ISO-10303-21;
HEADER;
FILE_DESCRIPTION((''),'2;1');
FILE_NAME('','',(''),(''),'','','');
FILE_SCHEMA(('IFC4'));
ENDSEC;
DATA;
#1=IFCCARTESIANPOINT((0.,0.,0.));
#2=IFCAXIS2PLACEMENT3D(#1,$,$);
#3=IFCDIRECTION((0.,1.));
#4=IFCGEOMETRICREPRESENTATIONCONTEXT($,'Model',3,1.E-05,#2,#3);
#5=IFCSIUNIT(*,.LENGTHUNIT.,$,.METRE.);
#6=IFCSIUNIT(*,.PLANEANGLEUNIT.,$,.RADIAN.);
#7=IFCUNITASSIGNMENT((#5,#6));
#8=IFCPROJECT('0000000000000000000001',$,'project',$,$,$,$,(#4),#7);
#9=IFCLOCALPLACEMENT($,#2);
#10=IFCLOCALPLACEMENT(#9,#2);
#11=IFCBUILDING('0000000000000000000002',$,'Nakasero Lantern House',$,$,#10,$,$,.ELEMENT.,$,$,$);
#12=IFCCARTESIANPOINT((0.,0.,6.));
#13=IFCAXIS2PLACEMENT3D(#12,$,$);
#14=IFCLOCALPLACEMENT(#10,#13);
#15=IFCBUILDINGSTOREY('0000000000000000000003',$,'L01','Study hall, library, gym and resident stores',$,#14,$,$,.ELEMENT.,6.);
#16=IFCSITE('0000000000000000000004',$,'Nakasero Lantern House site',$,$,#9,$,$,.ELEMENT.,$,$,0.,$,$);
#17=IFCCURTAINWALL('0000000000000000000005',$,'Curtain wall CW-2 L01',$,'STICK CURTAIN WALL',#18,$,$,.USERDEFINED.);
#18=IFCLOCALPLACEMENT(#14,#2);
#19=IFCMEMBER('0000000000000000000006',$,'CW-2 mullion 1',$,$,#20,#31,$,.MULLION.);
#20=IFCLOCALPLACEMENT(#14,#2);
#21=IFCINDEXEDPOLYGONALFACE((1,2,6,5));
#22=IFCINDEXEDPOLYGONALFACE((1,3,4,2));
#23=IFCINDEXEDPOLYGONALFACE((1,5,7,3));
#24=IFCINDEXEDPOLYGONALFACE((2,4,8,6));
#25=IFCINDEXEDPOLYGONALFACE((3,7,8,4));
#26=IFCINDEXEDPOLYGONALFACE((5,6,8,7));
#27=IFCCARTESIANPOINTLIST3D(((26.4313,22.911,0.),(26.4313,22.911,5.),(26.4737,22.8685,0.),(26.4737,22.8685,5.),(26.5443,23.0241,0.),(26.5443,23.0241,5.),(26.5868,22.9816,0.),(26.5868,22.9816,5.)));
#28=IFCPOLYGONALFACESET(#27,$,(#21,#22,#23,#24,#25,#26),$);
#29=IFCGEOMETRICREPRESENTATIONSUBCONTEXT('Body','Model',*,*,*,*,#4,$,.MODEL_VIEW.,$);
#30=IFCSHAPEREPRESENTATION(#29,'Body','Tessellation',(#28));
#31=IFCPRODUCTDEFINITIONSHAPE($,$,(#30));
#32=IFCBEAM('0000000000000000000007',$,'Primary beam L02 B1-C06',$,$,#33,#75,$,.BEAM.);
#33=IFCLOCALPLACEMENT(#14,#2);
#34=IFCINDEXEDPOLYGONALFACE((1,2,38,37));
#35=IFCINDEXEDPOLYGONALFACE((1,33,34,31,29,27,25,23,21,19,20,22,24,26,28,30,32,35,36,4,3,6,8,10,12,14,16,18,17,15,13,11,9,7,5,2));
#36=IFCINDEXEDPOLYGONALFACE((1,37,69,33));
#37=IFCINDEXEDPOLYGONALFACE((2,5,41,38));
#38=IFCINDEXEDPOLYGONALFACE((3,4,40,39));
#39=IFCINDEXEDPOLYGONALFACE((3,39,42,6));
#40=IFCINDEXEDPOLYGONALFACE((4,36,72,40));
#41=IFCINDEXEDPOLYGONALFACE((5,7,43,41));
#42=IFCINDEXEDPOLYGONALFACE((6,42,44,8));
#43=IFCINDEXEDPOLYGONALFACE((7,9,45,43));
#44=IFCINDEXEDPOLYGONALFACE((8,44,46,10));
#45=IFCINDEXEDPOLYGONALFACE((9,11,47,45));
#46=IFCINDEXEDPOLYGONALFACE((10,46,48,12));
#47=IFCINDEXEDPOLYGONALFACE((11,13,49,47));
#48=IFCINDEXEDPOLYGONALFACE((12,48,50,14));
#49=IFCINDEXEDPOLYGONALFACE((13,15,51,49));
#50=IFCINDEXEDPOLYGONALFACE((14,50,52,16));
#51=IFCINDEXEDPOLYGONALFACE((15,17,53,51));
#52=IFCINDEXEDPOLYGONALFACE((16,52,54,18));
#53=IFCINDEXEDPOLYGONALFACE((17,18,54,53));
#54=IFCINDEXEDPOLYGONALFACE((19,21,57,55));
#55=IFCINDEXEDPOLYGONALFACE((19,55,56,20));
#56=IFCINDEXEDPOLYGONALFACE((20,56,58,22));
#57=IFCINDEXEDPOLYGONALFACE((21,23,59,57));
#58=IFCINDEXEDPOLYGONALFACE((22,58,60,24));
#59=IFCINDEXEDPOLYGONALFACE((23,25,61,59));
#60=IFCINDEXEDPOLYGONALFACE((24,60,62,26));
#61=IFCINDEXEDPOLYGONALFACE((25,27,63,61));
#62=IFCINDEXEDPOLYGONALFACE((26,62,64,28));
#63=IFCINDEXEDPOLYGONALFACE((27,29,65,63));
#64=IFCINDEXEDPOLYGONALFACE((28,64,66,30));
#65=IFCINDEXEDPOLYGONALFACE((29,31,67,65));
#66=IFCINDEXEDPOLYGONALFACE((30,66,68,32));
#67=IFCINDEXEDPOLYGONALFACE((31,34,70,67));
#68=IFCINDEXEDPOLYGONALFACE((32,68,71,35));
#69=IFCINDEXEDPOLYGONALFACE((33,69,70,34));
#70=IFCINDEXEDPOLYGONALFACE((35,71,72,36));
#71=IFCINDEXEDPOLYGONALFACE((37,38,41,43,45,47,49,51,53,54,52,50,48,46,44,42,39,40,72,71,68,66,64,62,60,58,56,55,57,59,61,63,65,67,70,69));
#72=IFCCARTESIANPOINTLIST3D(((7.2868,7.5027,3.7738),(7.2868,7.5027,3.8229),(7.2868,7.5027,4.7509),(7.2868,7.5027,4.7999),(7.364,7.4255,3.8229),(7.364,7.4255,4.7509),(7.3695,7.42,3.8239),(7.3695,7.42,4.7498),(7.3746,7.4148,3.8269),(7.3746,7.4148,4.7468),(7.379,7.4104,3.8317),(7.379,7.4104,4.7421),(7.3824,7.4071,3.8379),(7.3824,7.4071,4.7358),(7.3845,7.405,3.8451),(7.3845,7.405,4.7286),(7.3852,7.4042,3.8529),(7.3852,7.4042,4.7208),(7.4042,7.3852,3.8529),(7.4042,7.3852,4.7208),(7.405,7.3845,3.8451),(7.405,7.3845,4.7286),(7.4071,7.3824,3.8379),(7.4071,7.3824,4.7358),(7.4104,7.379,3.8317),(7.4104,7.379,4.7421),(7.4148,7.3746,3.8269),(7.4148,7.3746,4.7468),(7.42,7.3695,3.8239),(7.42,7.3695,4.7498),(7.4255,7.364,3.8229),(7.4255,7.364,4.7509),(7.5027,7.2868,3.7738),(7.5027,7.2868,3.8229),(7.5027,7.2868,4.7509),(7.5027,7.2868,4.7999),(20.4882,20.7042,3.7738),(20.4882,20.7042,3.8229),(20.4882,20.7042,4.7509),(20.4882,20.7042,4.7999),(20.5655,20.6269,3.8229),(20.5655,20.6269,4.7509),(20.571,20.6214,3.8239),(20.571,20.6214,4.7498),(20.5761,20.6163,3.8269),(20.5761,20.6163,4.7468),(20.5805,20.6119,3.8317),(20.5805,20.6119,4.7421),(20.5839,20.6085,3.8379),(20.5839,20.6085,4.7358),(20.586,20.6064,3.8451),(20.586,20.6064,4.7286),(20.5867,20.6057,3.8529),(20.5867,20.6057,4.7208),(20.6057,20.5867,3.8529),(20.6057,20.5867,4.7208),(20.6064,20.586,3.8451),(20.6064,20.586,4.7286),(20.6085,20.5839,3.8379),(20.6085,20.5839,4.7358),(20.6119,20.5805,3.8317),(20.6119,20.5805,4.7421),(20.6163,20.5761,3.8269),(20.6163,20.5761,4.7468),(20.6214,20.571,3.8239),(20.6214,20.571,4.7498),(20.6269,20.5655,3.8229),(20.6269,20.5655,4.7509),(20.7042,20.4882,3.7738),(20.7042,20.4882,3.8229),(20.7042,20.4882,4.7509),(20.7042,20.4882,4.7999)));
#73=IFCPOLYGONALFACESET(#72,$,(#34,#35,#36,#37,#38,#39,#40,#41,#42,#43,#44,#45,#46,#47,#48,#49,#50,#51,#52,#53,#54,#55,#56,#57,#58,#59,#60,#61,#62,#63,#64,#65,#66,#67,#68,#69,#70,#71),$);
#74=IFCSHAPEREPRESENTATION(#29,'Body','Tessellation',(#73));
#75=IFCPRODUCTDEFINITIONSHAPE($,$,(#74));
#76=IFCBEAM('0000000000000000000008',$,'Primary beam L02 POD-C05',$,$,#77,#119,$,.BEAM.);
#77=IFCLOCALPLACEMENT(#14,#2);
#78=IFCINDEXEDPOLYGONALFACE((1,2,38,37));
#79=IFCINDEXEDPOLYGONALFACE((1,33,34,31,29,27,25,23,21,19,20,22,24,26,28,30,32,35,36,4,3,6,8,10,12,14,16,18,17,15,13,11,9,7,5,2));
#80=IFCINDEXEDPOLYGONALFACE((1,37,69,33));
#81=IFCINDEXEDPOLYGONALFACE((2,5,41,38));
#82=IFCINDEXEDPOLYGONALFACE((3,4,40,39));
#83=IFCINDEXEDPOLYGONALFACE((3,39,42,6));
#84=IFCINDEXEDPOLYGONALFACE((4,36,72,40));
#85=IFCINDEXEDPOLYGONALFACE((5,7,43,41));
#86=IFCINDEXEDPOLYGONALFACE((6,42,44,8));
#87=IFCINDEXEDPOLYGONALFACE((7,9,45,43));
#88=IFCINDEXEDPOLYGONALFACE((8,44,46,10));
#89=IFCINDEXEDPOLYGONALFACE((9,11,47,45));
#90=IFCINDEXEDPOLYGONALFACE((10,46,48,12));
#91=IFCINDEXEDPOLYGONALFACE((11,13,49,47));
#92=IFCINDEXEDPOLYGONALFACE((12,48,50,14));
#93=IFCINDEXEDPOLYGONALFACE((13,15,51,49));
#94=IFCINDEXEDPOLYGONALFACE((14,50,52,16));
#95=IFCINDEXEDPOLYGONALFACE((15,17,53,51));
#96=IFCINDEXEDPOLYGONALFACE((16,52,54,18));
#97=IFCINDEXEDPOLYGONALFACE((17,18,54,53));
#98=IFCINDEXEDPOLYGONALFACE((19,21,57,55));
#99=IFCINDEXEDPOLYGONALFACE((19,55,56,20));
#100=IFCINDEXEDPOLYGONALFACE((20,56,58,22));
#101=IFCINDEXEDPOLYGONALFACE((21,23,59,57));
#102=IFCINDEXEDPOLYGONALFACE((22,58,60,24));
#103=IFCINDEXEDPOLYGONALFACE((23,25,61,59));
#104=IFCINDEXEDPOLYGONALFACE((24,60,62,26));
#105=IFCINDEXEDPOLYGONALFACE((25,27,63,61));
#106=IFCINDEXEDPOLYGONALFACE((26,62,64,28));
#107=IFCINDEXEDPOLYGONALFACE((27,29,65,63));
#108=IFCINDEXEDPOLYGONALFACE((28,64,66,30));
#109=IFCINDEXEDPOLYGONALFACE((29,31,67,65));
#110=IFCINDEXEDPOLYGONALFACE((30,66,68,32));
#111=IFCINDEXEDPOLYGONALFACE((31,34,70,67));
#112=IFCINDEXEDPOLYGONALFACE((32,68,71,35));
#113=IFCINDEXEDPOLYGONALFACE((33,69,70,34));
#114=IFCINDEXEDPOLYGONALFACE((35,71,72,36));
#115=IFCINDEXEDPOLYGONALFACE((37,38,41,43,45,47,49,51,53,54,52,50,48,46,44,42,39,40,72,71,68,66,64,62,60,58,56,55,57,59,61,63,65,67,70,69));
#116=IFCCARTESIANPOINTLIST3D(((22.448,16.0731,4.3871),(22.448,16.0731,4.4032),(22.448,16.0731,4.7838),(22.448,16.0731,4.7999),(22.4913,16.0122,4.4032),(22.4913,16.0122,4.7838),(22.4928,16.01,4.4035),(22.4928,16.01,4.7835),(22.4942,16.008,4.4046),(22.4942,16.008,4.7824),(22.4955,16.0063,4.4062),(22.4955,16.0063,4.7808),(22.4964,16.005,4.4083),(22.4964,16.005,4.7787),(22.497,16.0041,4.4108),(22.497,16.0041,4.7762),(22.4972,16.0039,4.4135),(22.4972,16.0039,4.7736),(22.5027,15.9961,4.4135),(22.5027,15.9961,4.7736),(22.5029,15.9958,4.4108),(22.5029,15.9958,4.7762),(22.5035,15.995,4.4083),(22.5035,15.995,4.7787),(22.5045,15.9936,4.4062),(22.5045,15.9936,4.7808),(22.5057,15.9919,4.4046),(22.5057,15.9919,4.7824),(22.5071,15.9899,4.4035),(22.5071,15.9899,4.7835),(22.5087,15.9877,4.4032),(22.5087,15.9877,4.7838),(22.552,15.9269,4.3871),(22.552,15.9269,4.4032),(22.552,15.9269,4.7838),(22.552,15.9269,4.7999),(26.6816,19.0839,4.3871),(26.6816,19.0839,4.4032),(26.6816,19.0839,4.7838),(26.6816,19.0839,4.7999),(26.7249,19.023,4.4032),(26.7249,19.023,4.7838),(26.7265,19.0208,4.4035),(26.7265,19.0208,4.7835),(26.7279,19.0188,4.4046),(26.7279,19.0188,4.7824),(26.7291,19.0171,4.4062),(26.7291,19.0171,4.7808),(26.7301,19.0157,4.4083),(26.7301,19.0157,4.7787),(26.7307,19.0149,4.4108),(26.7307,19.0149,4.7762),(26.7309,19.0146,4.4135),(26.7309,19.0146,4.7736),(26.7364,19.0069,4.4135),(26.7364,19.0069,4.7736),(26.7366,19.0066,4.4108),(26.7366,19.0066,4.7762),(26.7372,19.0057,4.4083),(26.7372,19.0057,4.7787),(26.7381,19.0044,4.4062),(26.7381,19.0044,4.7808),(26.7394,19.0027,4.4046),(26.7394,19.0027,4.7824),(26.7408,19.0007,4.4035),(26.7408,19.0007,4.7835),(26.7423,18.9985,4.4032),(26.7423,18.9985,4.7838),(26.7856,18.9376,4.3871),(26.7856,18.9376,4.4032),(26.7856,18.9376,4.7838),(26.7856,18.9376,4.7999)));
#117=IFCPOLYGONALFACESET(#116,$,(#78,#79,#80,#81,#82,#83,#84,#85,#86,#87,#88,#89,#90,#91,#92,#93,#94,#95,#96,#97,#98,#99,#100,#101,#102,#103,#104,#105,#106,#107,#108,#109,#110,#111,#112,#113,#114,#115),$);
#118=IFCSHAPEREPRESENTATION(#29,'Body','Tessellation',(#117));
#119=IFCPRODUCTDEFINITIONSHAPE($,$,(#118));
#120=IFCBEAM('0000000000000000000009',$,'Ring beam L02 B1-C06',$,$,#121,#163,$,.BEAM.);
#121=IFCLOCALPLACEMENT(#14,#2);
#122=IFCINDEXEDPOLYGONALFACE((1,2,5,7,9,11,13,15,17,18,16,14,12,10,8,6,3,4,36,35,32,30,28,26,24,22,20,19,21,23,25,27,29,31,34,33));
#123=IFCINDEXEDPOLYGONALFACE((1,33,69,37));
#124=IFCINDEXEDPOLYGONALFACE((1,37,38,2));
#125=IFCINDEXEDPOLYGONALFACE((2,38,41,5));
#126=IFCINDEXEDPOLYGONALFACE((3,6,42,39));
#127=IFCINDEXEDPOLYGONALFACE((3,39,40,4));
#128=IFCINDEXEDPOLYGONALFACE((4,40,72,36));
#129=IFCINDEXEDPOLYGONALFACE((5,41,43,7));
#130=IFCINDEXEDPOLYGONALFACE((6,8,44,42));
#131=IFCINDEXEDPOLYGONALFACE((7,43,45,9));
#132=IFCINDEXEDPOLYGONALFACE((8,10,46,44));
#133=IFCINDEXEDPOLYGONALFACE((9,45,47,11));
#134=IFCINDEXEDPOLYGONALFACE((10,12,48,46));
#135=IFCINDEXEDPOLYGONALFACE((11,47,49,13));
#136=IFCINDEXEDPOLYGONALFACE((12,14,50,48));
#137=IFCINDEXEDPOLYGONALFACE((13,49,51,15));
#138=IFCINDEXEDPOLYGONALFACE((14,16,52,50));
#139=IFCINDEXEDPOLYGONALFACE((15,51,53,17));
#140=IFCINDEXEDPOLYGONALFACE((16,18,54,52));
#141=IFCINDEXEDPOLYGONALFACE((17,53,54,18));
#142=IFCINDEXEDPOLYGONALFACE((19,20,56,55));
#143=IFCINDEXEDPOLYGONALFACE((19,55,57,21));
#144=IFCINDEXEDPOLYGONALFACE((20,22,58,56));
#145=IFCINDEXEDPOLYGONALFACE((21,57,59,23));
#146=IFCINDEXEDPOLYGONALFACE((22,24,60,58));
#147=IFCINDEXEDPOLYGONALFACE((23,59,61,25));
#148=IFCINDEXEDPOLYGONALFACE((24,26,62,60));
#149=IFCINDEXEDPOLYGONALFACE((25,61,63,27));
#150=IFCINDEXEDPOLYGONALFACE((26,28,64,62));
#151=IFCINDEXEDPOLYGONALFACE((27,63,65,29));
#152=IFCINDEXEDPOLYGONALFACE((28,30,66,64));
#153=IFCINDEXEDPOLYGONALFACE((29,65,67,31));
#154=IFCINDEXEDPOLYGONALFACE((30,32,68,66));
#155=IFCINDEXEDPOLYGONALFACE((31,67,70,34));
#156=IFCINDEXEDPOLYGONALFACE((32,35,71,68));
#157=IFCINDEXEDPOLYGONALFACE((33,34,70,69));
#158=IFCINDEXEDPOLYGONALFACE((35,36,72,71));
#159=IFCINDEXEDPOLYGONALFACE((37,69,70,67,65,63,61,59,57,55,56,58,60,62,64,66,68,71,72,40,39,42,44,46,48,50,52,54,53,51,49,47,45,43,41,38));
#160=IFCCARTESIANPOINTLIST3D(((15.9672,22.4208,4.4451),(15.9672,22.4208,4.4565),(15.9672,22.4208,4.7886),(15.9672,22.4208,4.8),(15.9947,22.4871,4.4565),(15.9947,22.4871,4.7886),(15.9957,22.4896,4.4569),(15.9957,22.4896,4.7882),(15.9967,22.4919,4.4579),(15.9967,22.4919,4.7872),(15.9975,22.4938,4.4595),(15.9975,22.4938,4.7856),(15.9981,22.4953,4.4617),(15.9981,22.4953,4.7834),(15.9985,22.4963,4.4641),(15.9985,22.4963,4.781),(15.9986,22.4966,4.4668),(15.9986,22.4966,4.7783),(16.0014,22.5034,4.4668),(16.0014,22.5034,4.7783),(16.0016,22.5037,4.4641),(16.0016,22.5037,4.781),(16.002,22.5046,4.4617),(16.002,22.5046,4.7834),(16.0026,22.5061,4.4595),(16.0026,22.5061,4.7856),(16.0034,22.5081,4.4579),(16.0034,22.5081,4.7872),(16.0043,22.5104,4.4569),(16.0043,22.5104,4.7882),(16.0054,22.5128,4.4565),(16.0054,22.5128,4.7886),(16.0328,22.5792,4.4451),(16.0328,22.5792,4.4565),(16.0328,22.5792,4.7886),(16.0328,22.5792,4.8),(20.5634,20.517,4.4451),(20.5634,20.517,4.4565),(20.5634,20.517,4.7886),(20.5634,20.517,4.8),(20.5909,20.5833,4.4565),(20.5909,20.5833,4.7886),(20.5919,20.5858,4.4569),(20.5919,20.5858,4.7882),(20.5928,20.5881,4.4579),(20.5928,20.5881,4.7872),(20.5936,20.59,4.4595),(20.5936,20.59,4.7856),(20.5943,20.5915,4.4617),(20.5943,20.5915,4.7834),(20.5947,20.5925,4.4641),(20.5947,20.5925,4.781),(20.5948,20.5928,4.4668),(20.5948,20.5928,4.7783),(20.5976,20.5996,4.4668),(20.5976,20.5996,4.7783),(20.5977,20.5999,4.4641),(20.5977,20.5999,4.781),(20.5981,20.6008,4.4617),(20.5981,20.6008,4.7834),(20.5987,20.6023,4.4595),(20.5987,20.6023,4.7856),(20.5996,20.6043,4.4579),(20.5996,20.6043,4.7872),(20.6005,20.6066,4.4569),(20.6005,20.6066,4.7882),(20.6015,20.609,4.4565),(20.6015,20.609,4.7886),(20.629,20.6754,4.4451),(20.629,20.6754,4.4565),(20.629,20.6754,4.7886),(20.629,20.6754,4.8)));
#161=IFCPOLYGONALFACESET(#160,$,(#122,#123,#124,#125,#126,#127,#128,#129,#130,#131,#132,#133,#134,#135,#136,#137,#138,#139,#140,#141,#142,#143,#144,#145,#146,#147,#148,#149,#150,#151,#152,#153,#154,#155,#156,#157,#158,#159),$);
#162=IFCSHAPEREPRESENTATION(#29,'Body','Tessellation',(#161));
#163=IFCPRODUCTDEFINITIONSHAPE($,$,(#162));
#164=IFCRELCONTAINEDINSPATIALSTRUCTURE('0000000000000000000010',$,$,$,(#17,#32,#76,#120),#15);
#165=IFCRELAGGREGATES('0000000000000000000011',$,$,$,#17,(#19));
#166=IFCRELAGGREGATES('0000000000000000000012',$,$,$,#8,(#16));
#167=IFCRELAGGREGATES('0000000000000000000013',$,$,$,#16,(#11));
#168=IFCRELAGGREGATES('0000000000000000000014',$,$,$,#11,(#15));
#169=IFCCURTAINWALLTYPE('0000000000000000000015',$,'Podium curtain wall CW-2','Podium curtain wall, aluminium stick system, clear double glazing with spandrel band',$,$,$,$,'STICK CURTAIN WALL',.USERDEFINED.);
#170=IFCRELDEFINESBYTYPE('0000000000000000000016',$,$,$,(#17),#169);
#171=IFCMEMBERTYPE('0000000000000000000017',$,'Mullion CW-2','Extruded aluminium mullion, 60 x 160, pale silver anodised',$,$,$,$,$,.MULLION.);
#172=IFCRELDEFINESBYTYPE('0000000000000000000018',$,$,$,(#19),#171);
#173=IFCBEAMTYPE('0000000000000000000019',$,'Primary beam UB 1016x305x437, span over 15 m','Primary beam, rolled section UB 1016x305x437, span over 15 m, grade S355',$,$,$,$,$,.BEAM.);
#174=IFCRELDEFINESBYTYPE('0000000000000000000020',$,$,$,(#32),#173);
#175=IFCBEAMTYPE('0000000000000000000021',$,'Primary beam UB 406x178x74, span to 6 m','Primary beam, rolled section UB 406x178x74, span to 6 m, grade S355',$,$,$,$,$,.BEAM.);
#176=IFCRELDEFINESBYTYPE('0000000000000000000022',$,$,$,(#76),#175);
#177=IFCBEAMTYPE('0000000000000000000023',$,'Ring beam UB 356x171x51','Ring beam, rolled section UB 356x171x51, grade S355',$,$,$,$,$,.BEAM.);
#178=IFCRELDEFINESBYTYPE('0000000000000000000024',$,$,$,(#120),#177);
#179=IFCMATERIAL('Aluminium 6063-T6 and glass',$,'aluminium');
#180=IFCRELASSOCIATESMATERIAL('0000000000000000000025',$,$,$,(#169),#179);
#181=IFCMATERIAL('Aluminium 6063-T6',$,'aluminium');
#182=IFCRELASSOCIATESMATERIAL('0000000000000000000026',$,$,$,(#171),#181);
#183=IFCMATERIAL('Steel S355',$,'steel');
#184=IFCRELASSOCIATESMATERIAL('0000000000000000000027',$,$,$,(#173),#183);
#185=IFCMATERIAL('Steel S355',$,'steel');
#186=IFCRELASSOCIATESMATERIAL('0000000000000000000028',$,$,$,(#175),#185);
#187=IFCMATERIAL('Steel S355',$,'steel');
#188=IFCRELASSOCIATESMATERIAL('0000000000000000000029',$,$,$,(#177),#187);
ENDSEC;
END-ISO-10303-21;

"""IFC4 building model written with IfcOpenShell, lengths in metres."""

from ifc_helpers import new_model, si_unit, direction, frame, origin, origin_2d, place, context, subcontext, project, spatial, rectangle, i_section, extrude, material, material_profile, profile_set, type_object, element, aggregate, save


model = new_model("IFC4")

# Units and contexts
model_context = context("Model", 3, precision=1e-05, world=origin(), true_north=direction((0.0, 1.0)))
body_context = subcontext(model_context, "Body", "Model", "MODEL_VIEW")
ifc_project = project(units=[si_unit("LENGTHUNIT", "METRE"), si_unit("PLANEANGLEUNIT", "RADIAN")], contexts=[model_context])

# Site, building, storey
site_placement = place(None, origin())
site = spatial("IfcSite", under=ifc_project, at=site_placement, Name="Nakasero Lantern House site", CompositionType="ELEMENT", RefElevation=0.0)
building_placement = place(site_placement, origin())
building = spatial("IfcBuilding", under=site, at=building_placement, Name="Nakasero Lantern House", CompositionType="ELEMENT")
storey_placement = place(building_placement, frame((0.0, 0.0, 6.0)))
storey = spatial("IfcBuildingStorey", under=building, at=storey_placement, Name="L01", Description="Study hall, library, gym and resident stores", CompositionType="ELEMENT", Elevation=6.0)

# Shared definitions
ifc_material_1 = material(Name="Aluminium 6063-T6 and glass", Category="aluminium")
curtain_wall_type = type_object("IfcCurtainWallType", Name="Podium curtain wall CW-2", Description="Podium curtain wall, aluminium stick system, clear double glazing with spandrel band", ElementType="STICK CURTAIN WALL", PredefinedType="USERDEFINED", material=ifc_material_1)
ifc_material_2 = material(Name="Aluminium 6063-T6", Category="aluminium")
ifc_material_profile_1 = material_profile(ifc_material_2, rectangle(XDim=0.0601, YDim=0.1599, at=origin_2d()), Name="CW-2 mullion 60x160")
ifc_profile_set_1 = profile_set([ifc_material_profile_1], Name="Aluminium 6063-T6")
member_type_1 = type_object("IfcMemberType", Name="Mullion CW-2", Description="Extruded aluminium mullion, 60 x 160, pale silver anodised", PredefinedType="MULLION", material=ifc_profile_set_1)

# Curtain wall, member
curtain_wall_1_placement = place(storey_placement, origin())
curtain_wall_1 = element("IfcCurtainWall", 1, at=curtain_wall_1_placement, inside=storey, type_object=curtain_wall_type, Name="Curtain wall CW-2 L01", ObjectType="STICK CURTAIN WALL", PredefinedType="USERDEFINED")
member_1_placement = place(storey_placement, frame((26.509, 22.9463, 0.0), z_axis=(0.0, 0.0, 1.0), x_axis=(-0.707107, 0.707107, 0.0)))
member_1 = element("IfcMember", 2, at=member_1_placement, type_object=member_type_1, Name="CW-2 mullion 1", PredefinedType="MULLION", context=body_context, shape_type="SweptSolid", body=[
    extrude(rectangle(XDim=0.0601, YDim=0.1599, at=origin_2d()), origin(), (0.0, 0.0, 1.0), 5.0),
])

# Beams
ifc_material_3 = material(Name="Steel S355", Category="steel")
ifc_material_profile_2 = material_profile(ifc_material_3, i_section(OverallWidth=0.3054, OverallDepth=1.0261, WebThickness=0.0269, FlangeThickness=0.0491, FilletRadius=0.03, at=origin_2d()), Name="UB 1016x305x437")
ifc_profile_set_2 = profile_set([ifc_material_profile_2], Name="Steel S355")
beam_type_1 = type_object("IfcBeamType", Name="Primary beam UB 1016x305x437, span over 15 m", Description="Primary beam, rolled section UB 1016x305x437, span over 15 m, grade S355", PredefinedType="BEAM", material=ifc_profile_set_2)
beam_1_placement = place(storey_placement, frame((20.5962, 20.5962, 4.2869), z_axis=(-0.707107, -0.707107, 0.0), x_axis=(0.707107, -0.707107, 0.0)))
element("IfcBeam", 3, at=beam_1_placement, inside=storey, type_object=beam_type_1, Name="Primary beam L02 B1-C06", PredefinedType="BEAM", context=body_context, shape_type="SweptSolid", body=[
    extrude(i_section(OverallWidth=0.3054, OverallDepth=1.0261, WebThickness=0.0269, FlangeThickness=0.0491, FilletRadius=0.03, at=origin_2d()), origin(), (0.0, 0.0, 1.0), 18.6697),
])
ifc_material_4 = material(Name="Steel S355", Category="steel")
ifc_material_profile_3 = material_profile(ifc_material_4, i_section(OverallWidth=0.1794, OverallDepth=0.4128, WebThickness=0.0095, FlangeThickness=0.0161, FilletRadius=0.0103, at=origin_2d()), Name="UB 406x178x74")
ifc_profile_set_3 = profile_set([ifc_material_profile_3], Name="Steel S355")
beam_type_2 = type_object("IfcBeamType", Name="Primary beam UB 406x178x74, span to 6 m", Description="Primary beam, rolled section UB 406x178x74, span to 6 m, grade S355", PredefinedType="BEAM", material=ifc_profile_set_3)
beam_2_placement = place(storey_placement, frame((26.7336, 19.0107, 4.5935), z_axis=(-0.814942, -0.579543, 0.0), x_axis=(0.579543, -0.814942, 0.0)))
element("IfcBeam", 4, at=beam_2_placement, inside=storey, type_object=beam_type_2, Name="Primary beam L02 POD-C05", PredefinedType="BEAM", context=body_context, shape_type="SweptSolid", body=[
    extrude(i_section(OverallWidth=0.1794, OverallDepth=0.4128, WebThickness=0.0095, FlangeThickness=0.0161, FilletRadius=0.0103, at=origin_2d()), origin(), (0.0, 0.0, 1.0), 5.1951),
])
ifc_material_5 = material(Name="Steel S355", Category="steel")
ifc_material_profile_4 = material_profile(ifc_material_5, i_section(OverallWidth=0.1714, OverallDepth=0.355, WebThickness=0.0073, FlangeThickness=0.0115, FilletRadius=0.0103, at=origin_2d()), Name="UB 356x171x51")
ifc_profile_set_4 = profile_set([ifc_material_profile_4], Name="Steel S355")
beam_type_3 = type_object("IfcBeamType", Name="Ring beam UB 356x171x51", Description="Ring beam, rolled section UB 356x171x51, grade S355", PredefinedType="BEAM", material=ifc_profile_set_4)
beam_3_placement = place(storey_placement, frame((20.5962, 20.5962, 4.6226), z_axis=(-0.923879, 0.382684, 0.0), x_axis=(-0.382684, -0.923879, 0.0)))
element("IfcBeam", 5, at=beam_3_placement, inside=storey, type_object=beam_type_3, Name="Ring beam L02 B1-C06", PredefinedType="BEAM", context=body_context, shape_type="SweptSolid", body=[
    extrude(i_section(OverallWidth=0.1714, OverallDepth=0.355, WebThickness=0.0073, FlangeThickness=0.0115, FilletRadius=0.0103, at=origin_2d()), origin(), (0.0, 0.0, 1.0), 4.9749),
])

aggregate(curtain_wall_1, [member_1])

save(model, "model.ifc")
